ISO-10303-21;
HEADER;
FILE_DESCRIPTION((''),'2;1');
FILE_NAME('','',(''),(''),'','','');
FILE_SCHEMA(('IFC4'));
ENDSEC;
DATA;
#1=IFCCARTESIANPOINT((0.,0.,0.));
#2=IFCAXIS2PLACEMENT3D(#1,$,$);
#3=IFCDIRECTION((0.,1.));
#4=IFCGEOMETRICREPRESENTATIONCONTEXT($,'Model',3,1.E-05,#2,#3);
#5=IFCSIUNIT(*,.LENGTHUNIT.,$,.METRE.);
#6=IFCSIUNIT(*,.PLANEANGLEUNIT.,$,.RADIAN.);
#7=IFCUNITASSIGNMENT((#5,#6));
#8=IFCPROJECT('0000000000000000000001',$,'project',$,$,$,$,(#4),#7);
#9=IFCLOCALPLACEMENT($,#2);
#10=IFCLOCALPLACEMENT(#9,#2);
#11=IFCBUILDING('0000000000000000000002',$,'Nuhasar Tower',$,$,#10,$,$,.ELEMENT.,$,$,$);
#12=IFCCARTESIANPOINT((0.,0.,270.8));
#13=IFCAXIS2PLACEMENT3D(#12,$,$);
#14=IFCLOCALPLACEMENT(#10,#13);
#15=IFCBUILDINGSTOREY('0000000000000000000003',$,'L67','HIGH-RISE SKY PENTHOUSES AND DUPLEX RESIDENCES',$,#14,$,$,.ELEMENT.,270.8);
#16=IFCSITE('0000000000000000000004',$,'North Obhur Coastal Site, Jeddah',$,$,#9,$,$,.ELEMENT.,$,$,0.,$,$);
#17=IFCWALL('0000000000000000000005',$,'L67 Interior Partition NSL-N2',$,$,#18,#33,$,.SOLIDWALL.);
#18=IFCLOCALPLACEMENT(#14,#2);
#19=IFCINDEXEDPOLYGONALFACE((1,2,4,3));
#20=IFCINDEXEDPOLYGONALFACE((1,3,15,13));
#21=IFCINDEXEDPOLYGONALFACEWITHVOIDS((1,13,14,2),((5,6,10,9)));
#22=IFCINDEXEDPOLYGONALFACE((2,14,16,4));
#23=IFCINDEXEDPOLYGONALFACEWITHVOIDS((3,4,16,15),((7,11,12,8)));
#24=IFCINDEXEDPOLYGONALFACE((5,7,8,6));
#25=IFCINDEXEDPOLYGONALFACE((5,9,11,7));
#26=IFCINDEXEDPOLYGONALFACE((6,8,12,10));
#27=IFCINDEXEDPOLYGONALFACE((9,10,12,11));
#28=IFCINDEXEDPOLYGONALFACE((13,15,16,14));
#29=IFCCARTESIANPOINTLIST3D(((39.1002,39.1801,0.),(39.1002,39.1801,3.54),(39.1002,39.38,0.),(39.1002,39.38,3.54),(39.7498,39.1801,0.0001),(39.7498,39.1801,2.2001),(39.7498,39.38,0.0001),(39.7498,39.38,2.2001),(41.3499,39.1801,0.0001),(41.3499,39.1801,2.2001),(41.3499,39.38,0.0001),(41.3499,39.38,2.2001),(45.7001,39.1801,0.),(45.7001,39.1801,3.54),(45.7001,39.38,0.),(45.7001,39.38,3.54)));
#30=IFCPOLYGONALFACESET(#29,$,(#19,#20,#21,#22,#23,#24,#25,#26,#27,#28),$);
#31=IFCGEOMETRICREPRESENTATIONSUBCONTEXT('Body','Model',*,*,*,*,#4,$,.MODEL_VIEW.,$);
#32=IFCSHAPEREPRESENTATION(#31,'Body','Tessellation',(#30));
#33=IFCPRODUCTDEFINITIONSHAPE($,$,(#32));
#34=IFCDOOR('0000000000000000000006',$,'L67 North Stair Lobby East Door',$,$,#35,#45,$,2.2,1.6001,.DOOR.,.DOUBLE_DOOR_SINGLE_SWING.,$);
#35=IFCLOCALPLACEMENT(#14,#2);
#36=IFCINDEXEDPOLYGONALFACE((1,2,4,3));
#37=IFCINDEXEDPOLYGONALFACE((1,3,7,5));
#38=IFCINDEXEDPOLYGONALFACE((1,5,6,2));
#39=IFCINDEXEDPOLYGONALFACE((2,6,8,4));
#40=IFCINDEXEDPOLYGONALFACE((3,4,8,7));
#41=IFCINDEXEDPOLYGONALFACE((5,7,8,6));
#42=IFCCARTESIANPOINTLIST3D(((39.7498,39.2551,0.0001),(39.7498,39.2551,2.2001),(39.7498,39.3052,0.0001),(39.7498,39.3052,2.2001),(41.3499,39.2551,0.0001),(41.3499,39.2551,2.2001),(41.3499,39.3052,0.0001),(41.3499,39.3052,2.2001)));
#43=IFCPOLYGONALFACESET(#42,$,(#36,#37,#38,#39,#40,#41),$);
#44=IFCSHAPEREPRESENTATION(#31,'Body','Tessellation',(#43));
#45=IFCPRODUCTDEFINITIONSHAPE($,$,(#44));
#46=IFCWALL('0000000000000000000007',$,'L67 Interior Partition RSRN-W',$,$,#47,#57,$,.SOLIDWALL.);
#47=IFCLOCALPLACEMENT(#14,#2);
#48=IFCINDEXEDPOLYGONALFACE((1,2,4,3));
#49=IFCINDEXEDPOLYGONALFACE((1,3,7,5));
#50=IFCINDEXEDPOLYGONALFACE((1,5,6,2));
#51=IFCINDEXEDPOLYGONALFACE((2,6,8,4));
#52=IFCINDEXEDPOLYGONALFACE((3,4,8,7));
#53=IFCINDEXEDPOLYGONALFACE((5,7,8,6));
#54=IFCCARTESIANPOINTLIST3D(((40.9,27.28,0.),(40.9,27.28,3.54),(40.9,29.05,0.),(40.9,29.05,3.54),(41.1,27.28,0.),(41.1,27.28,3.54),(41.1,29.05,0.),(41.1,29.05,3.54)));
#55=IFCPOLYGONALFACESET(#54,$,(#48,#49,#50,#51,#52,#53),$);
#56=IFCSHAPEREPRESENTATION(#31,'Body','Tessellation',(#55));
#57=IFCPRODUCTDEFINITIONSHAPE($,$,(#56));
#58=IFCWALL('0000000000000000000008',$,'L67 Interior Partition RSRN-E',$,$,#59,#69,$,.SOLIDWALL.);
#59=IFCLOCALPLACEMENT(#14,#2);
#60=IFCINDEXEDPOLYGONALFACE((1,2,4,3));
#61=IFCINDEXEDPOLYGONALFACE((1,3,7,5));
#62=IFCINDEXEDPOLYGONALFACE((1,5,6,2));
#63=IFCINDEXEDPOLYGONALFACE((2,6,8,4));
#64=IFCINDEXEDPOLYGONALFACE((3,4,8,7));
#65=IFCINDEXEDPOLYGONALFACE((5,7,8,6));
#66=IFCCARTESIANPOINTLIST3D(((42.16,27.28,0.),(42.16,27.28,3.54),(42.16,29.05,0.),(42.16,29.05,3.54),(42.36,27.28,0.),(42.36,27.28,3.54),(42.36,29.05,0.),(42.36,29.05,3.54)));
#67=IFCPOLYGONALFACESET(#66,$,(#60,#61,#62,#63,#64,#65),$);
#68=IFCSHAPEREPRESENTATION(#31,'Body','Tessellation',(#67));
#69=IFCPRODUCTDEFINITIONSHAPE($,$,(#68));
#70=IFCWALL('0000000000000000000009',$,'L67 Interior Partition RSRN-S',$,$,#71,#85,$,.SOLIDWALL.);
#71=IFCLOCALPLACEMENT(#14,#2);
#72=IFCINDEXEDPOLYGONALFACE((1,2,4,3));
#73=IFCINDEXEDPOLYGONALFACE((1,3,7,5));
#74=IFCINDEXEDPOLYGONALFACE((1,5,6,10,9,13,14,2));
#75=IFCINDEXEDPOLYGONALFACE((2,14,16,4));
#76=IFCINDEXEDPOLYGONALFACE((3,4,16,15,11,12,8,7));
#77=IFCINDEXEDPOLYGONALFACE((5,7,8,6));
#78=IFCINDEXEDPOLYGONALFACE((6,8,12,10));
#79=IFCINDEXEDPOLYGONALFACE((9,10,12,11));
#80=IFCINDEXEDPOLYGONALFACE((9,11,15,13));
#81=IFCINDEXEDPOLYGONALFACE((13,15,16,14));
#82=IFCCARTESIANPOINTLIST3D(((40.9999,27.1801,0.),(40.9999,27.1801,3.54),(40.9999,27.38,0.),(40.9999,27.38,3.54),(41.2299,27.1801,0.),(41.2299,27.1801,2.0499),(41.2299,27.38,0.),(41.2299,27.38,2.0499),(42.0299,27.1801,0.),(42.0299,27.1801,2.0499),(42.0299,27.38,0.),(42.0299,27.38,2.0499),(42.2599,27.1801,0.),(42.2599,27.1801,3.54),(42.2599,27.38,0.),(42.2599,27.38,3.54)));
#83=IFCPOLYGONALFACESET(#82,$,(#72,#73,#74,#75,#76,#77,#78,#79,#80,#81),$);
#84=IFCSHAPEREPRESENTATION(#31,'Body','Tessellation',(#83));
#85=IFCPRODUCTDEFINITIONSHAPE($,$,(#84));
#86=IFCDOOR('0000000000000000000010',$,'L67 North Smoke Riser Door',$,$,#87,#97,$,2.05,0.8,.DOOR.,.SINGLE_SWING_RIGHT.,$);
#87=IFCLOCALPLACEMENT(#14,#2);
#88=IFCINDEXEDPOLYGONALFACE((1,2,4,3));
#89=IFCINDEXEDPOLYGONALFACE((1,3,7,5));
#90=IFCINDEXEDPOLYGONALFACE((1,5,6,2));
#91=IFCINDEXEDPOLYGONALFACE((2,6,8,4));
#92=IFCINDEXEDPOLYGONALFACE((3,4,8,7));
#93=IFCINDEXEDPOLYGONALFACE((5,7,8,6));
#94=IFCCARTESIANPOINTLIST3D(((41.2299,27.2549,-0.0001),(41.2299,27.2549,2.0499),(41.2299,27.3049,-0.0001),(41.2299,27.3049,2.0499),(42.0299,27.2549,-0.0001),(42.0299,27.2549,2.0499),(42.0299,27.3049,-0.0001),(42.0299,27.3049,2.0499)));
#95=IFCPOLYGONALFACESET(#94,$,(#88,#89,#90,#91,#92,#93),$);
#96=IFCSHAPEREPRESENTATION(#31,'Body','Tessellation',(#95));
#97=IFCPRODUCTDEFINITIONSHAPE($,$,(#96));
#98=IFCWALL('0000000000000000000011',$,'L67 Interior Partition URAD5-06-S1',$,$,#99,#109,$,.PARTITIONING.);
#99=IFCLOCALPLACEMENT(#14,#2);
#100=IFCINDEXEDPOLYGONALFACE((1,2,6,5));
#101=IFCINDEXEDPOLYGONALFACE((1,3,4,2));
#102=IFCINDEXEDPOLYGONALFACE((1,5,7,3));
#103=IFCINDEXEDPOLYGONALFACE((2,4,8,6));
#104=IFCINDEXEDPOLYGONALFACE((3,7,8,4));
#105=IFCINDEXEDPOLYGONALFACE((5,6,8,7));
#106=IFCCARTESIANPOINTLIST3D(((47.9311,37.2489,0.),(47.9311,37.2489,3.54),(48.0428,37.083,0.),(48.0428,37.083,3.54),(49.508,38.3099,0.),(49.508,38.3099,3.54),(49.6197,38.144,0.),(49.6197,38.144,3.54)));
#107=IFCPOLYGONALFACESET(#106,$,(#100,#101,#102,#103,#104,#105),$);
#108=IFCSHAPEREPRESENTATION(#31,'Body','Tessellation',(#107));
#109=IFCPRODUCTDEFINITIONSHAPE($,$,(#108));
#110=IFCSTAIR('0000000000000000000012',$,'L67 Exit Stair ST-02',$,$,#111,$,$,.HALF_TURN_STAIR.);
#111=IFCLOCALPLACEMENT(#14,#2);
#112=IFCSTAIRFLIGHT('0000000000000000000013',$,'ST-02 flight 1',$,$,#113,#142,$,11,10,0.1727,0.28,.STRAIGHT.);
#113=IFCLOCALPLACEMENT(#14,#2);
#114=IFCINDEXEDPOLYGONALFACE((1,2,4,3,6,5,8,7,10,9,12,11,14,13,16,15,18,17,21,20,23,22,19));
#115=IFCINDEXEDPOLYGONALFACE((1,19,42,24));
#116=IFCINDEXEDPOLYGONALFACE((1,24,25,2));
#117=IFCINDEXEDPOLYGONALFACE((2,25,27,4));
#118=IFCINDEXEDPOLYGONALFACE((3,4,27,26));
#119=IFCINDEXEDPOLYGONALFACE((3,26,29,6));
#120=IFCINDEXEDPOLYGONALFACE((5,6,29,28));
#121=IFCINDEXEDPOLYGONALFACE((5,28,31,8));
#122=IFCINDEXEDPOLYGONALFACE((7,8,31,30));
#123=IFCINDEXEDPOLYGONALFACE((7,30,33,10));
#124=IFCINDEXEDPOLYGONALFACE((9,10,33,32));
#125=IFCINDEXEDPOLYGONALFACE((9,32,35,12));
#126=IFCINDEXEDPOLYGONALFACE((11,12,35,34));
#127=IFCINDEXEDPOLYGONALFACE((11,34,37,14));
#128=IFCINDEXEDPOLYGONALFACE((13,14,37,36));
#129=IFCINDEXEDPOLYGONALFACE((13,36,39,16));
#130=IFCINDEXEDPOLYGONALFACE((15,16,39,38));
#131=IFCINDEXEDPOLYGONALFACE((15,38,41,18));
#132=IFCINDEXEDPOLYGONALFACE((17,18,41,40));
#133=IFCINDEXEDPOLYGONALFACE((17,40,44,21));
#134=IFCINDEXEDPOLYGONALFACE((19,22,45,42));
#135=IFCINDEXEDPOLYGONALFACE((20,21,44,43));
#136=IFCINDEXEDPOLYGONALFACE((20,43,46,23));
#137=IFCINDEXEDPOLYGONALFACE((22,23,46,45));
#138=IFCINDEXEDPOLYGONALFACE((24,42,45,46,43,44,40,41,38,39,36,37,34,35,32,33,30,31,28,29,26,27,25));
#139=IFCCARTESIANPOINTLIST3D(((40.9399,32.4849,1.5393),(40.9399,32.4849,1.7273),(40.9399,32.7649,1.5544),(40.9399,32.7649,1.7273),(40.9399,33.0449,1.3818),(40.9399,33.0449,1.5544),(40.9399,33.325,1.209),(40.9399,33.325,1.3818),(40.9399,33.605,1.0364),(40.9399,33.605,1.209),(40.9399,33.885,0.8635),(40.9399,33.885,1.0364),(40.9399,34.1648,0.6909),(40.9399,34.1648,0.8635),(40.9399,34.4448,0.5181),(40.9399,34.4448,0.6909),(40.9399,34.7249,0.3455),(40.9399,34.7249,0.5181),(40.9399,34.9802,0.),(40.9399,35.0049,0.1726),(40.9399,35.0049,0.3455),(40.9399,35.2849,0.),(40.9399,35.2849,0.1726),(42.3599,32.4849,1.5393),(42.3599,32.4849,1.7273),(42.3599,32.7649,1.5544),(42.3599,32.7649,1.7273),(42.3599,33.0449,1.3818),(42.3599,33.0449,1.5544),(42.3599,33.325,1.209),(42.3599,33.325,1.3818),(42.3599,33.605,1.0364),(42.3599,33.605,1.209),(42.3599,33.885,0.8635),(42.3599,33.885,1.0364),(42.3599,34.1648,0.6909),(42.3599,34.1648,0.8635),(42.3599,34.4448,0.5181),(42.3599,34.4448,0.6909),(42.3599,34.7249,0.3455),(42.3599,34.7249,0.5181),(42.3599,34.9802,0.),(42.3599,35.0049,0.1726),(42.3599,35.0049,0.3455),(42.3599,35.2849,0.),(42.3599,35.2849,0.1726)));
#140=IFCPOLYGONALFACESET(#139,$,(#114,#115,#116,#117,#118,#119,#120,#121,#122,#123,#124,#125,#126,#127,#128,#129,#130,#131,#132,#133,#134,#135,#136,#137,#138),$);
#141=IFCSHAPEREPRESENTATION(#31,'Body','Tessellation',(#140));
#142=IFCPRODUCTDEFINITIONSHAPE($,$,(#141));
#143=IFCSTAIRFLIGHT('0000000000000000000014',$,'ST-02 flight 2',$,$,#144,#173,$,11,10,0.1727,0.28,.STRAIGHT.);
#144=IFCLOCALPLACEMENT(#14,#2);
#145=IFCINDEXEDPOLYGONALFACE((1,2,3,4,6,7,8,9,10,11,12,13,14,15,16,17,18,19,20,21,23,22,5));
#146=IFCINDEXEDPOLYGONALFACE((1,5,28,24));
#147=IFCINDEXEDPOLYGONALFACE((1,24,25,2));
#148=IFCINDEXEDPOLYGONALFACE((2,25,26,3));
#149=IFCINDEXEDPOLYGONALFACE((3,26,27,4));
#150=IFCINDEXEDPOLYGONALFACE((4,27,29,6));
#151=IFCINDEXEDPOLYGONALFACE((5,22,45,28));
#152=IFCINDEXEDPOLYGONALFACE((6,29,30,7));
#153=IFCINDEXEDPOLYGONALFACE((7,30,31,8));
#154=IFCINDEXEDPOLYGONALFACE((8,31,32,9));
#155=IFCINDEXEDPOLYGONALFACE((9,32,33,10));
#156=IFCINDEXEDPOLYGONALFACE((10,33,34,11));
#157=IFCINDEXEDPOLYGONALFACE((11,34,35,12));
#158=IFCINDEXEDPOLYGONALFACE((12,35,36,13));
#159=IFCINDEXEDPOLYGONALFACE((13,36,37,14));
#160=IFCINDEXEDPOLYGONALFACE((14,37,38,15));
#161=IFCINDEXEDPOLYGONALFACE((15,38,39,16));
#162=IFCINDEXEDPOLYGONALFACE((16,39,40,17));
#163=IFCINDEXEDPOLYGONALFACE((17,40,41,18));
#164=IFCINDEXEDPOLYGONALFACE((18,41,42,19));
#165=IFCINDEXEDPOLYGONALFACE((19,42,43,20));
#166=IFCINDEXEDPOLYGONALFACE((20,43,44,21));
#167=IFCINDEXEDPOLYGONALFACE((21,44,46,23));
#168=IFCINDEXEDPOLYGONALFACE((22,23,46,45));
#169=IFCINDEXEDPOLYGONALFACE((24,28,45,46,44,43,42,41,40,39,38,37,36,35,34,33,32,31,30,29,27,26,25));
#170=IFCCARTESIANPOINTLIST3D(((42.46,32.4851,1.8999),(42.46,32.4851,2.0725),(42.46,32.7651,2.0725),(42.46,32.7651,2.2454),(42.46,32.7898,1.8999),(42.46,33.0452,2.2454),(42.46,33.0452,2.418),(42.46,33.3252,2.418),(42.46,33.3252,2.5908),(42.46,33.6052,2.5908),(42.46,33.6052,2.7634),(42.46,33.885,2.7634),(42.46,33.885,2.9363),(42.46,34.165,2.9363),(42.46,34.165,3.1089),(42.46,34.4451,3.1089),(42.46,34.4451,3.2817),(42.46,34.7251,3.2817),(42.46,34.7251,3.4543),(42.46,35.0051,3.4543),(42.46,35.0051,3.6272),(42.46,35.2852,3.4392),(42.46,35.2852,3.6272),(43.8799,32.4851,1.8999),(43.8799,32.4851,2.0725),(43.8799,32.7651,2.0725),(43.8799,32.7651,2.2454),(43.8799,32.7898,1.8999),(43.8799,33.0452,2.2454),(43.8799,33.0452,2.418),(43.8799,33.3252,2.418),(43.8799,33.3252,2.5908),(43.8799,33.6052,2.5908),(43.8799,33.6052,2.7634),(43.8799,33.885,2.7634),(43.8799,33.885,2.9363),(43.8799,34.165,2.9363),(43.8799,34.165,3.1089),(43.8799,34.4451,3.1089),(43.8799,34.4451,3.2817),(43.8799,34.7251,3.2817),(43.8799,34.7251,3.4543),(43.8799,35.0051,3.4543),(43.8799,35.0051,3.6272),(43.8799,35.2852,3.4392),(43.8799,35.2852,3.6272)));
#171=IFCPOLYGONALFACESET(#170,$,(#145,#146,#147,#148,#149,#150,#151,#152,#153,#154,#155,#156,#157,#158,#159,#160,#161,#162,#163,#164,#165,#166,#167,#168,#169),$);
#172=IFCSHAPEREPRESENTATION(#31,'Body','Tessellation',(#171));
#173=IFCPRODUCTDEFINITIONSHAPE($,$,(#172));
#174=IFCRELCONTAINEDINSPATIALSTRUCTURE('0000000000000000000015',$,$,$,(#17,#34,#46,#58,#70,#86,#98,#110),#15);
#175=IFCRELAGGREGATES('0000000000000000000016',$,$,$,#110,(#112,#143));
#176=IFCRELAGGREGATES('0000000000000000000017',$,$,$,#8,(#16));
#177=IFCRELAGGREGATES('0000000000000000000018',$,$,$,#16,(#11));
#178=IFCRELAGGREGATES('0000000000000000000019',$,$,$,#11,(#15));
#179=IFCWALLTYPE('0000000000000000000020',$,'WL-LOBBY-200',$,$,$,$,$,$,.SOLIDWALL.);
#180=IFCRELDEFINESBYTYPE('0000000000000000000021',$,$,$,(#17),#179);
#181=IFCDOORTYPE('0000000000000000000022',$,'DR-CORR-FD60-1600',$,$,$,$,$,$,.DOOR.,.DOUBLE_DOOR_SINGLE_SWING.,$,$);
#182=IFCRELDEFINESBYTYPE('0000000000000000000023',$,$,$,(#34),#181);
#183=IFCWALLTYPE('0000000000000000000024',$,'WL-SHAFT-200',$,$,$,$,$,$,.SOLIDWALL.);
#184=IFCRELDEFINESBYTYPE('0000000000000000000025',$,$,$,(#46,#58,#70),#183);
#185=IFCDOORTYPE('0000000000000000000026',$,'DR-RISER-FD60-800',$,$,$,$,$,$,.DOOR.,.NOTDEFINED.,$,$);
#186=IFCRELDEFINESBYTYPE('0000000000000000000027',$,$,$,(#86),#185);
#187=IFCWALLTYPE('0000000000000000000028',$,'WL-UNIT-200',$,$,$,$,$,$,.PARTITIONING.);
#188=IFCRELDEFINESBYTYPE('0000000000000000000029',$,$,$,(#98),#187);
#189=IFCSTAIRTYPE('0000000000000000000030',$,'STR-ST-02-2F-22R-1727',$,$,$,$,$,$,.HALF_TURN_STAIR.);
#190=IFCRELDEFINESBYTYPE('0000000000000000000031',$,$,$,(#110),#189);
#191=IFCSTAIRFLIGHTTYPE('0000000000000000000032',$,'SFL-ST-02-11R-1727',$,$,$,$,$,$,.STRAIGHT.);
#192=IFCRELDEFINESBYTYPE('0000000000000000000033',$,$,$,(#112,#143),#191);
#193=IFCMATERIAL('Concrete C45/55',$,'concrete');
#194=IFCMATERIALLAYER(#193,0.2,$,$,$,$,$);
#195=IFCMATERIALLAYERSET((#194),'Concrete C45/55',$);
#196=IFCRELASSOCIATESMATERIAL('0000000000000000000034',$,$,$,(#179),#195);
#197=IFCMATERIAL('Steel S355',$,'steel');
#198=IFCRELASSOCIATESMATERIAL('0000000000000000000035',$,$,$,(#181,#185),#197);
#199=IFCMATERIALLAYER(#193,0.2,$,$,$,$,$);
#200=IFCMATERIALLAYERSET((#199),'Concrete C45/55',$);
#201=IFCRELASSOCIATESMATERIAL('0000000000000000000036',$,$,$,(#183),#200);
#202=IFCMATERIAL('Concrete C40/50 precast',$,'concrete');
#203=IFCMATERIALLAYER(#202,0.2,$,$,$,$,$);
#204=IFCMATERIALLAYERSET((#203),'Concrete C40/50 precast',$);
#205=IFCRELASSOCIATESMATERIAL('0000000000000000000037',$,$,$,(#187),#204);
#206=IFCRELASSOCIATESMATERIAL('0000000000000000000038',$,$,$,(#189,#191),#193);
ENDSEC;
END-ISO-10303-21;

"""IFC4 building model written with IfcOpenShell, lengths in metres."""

from ifc_helpers import new_model, si_unit, direction, frame, frame_2d, origin, place, context, subcontext, project, spatial, polyline, rectangle, outline, extrude, material, layer, layer_set, type_object, element, fill, aggregate, save


model = new_model("IFC4")

# Units and contexts
model_context = context("Model", 3, precision=1e-05, world=origin(), true_north=direction((0.0, 1.0)))
body_context = subcontext(model_context, "Body", "Model", "MODEL_VIEW")
ifc_project = project(units=[si_unit("LENGTHUNIT", "METRE"), si_unit("PLANEANGLEUNIT", "RADIAN")], contexts=[model_context])

# Site, building, storey
site_placement = place(None, origin())
site = spatial("IfcSite", under=ifc_project, at=site_placement, Name="North Obhur Coastal Site, Jeddah", CompositionType="ELEMENT", RefElevation=0.0)
building_placement = place(site_placement, origin())
building = spatial("IfcBuilding", under=site, at=building_placement, Name="Nuhasar Tower", CompositionType="ELEMENT")
storey_placement = place(building_placement, frame((0.0, 0.0, 270.8)))
storey = spatial("IfcBuildingStorey", under=building, at=storey_placement, Name="L67", Description="HIGH-RISE SKY PENTHOUSES AND DUPLEX RESIDENCES", CompositionType="ELEMENT", Elevation=270.8)

# Shared definitions
ifc_material_1 = material(Name="Steel S355", Category="steel")

# Shared definitions
ifc_material_2 = material(Name="Concrete C45/55", Category="concrete")
ifc_layer_1 = layer(ifc_material_2, 0.2)
ifc_layer_set_1 = layer_set([ifc_layer_1], Name="Concrete C45/55")
wall_type_1 = type_object("IfcWallType", Name="WL-LOBBY-200", PredefinedType="SOLIDWALL", material=ifc_layer_set_1)

# Wall, opening, door
wall_1_placement = place(storey_placement, frame((45.7, 39.28, 0.0), z_axis=(0.0, 0.0, 1.0), x_axis=(-1.0, 0.0, 0.0)))
wall_1 = element("IfcWall", 1, at=wall_1_placement, inside=storey, type_object=wall_type_1, Name="L67 Interior Partition NSL-N2", PredefinedType="SOLIDWALL", context=body_context, shape_type="SweptSolid", body=[
    extrude(rectangle(XDim=6.5999, YDim=0.2, at=frame_2d((3.2998, 0.0))), origin(), (0.0, 0.0, 1.0), 3.54),
])
opening_1_placement = place(wall_1_placement, frame((4.3501, 0.0, 0.0)))
opening_1 = element("IfcOpeningElement", 2, at=opening_1_placement, cuts=wall_1, PredefinedType="OPENING", context=body_context, shape_type="SweptSolid", body=[
    extrude(rectangle(XDim=1.6001, YDim=2.2, at=frame_2d((0.8, 1.1001))), frame((0.0, 0.1099, 0.0), z_axis=(0.0, -1.0, 0.0), x_axis=(1.0, 0.0, 0.0)), (0.0, 0.0, 1.0), 0.22),
])
door_type_1 = type_object("IfcDoorType", Name="DR-CORR-FD60-1600", OperationType="DOUBLE_DOOR_SINGLE_SWING", PredefinedType="DOOR", material=ifc_material_1)
door_1_placement = place(opening_1_placement, origin())
door_1 = element("IfcDoor", 3, at=door_1_placement, inside=storey, type_object=door_type_1, Name="L67 North Stair Lobby East Door", OperationType="DOUBLE_DOOR_SINGLE_SWING", OverallHeight=2.2, OverallWidth=1.6001, PredefinedType="DOOR", context=body_context, shape_type="SweptSolid", body=[
    extrude(rectangle(XDim=1.6001, YDim=2.2, at=frame_2d((0.8, 1.1001))), frame((0.0, 0.0249, 0.0), z_axis=(0.0, -1.0, 0.0), x_axis=(1.0, 0.0, 0.0)), (0.0, 0.0, 1.0), 0.05),
])
fill(opening_1, door_1)

# Walls
ifc_layer_2 = layer(ifc_material_2, 0.2)
ifc_layer_set_2 = layer_set([ifc_layer_2], Name="Concrete C45/55")
wall_type_2 = type_object("IfcWallType", Name="WL-SHAFT-200", PredefinedType="SOLIDWALL", material=ifc_layer_set_2)
for number, where, z_axis, x_axis, name in (
    (4, (41.0, 27.28, 0.0), (0.0, 0.0, 1.0), (0.0, 1.0, 0.0), "L67 Interior Partition RSRN-W"),
    (5, (42.26, 27.28, 0.0), (0.0, 0.0, 1.0), (0.0, 1.0, 0.0), "L67 Interior Partition RSRN-E"),
):
    element("IfcWall", number, at=place(storey_placement, frame(where, z_axis=z_axis, x_axis=x_axis)), inside=storey, type_object=wall_type_2, Name=name, PredefinedType="SOLIDWALL", context=body_context, shape_type="SweptSolid", body=[
        extrude(rectangle(XDim=1.77, YDim=0.2, at=frame_2d((0.885, 0.0))), origin(), (0.0, 0.0, 1.0), 3.54),
    ])

# Wall, opening, door
wall_2_placement = place(storey_placement, frame((41.0, 27.28, 0.0), z_axis=(0.0, 0.0, 1.0), x_axis=(1.0, 0.0, 0.0)))
wall_2 = element("IfcWall", 6, at=wall_2_placement, inside=storey, type_object=wall_type_2, Name="L67 Interior Partition RSRN-S", PredefinedType="SOLIDWALL", context=body_context, shape_type="SweptSolid", body=[
    extrude(rectangle(XDim=1.26, YDim=0.2, at=frame_2d((0.6299, 0.0))), origin(), (0.0, 0.0, 1.0), 3.54),
])
opening_2_placement = place(wall_2_placement, frame((0.23, 0.0, 0.0)))
opening_2 = element("IfcOpeningElement", 7, at=opening_2_placement, cuts=wall_2, PredefinedType="OPENING", context=body_context, shape_type="SweptSolid", body=[
    extrude(rectangle(XDim=0.8, YDim=2.05, at=frame_2d((0.3999, 1.0249))), frame((0.0, 0.1099, 0.0), z_axis=(0.0, -1.0, 0.0), x_axis=(1.0, 0.0, 0.0)), (0.0, 0.0, 1.0), 0.22),
])
door_type_2 = type_object("IfcDoorType", Name="DR-RISER-FD60-800", OperationType="NOTDEFINED", PredefinedType="DOOR", material=ifc_material_1)
door_2_placement = place(opening_2_placement, origin())
door_2 = element("IfcDoor", 8, at=door_2_placement, inside=storey, type_object=door_type_2, Name="L67 North Smoke Riser Door", OperationType="SINGLE_SWING_RIGHT", OverallHeight=2.05, OverallWidth=0.8, PredefinedType="DOOR", context=body_context, shape_type="SweptSolid", body=[
    extrude(rectangle(XDim=0.8, YDim=2.05, at=frame_2d((0.3999, 1.0249))), frame((0.0, 0.0249, 0.0), z_axis=(0.0, -1.0, 0.0), x_axis=(1.0, 0.0, 0.0)), (0.0, 0.0, 1.0), 0.05),
])
fill(opening_2, door_2)

# Wall
ifc_material_3 = material(Name="Concrete C40/50 precast", Category="concrete")
ifc_layer_3 = layer(ifc_material_3, 0.2)
ifc_layer_set_3 = layer_set([ifc_layer_3], Name="Concrete C40/50 precast")
wall_type_3 = type_object("IfcWallType", Name="WL-UNIT-200", PredefinedType="PARTITIONING", material=ifc_layer_set_3)
wall_3_placement = place(storey_placement, frame((47.9871, 37.166, 0.0), z_axis=(0.0, 0.0, 1.0), x_axis=(0.829671, 0.558252, 0.0)))
element("IfcWall", 9, at=wall_3_placement, inside=storey, type_object=wall_type_3, Name="L67 Interior Partition URAD5-06-S1", PredefinedType="PARTITIONING", context=body_context, shape_type="SweptSolid", body=[
    extrude(rectangle(XDim=1.9006, YDim=0.2, at=frame_2d((0.9502, 0.0))), origin(), (0.0, 0.0, 1.0), 3.54),
])

# Stair, stair flights
stair_type_1 = type_object("IfcStairType", Name="STR-ST-02-2F-22R-1727", PredefinedType="HALF_TURN_STAIR", material=ifc_material_2)
stair_1_placement = place(storey_placement, origin())
stair_1 = element("IfcStair", 10, at=stair_1_placement, inside=storey, type_object=stair_type_1, Name="L67 Exit Stair ST-02", PredefinedType="HALF_TURN_STAIR")
stair_flight_type_1 = type_object("IfcStairFlightType", Name="SFL-ST-02-11R-1727", PredefinedType="STRAIGHT", material=ifc_material_2)
stair_flight_1_placement = place(storey_placement, frame((41.6499, 35.2849, 0.0), z_axis=(0.0, 0.0, 1.0), x_axis=(0.0, -1.0, 0.0)))
stair_flight_1 = element("IfcStairFlight", 11, at=stair_flight_1_placement, type_object=stair_flight_type_1, Name="ST-02 flight 1", NumberOfRisers=11, NumberOfTreads=10, PredefinedType="STRAIGHT", RiserHeight=0.1727, TreadLength=0.28, context=body_context, shape_type="SweptSolid", body=[
    extrude(outline(polyline([(0.0, 0.0), (0.0, 0.1726), (0.28, 0.1726), (0.28, 0.3455), (0.5601, 0.3455), (0.5601, 0.5181), (0.8401, 0.5181), (0.8401, 0.6909), (1.1201, 0.6909), (1.1201, 0.8635), (1.3999, 0.8635), (1.3999, 1.0364), (1.6799, 1.0364), (1.6799, 1.209), (1.96, 1.209), (1.96, 1.3818), (2.24, 1.3818), (2.24, 1.5544), (2.52, 1.5544), (2.52, 1.7273), (2.8, 1.7273), (2.8, 1.8999), (2.8, 1.5393), (0.3047, 0.0), (0.0, 0.0)])), frame((0.0, 0.71, 0.0), z_axis=(0.0, -1.0, 0.0), x_axis=(1.0, 0.0, 0.0)), (0.0, 0.0, 1.0), 1.4199),
])
stair_flight_2_placement = place(storey_placement, frame((43.1699, 32.4851, 1.8999), z_axis=(0.0, 0.0, 1.0), x_axis=(0.0, 1.0, 0.0)))
stair_flight_2 = element("IfcStairFlight", 12, at=stair_flight_2_placement, type_object=stair_flight_type_1, Name="ST-02 flight 2", NumberOfRisers=11, NumberOfTreads=10, PredefinedType="STRAIGHT", RiserHeight=0.1727, TreadLength=0.28, context=body_context, shape_type="SweptSolid", body=[
    extrude(outline(polyline([(0.0, 0.0), (0.0, 0.1726), (0.28, 0.1726), (0.28, 0.3455), (0.5601, 0.3455), (0.5601, 0.5181), (0.8401, 0.5181), (0.8401, 0.6909), (1.1201, 0.6909), (1.1201, 0.8635), (1.3999, 0.8635), (1.3999, 1.0364), (1.6799, 1.0364), (1.6799, 1.209), (1.96, 1.209), (1.96, 1.3818), (2.24, 1.3818), (2.24, 1.5544), (2.52, 1.5544), (2.52, 1.7273), (2.8, 1.7273), (2.8, 1.8999), (2.8, 1.5393), (0.3047, 0.0), (0.0, 0.0)])), frame((0.0, 0.71, 0.0), z_axis=(0.0, -1.0, 0.0), x_axis=(1.0, 0.0, 0.0)), (0.0, 0.0, 1.0), 1.4199),
])
aggregate(stair_1, [stair_flight_1, stair_flight_2])

save(model, "model.ifc")
